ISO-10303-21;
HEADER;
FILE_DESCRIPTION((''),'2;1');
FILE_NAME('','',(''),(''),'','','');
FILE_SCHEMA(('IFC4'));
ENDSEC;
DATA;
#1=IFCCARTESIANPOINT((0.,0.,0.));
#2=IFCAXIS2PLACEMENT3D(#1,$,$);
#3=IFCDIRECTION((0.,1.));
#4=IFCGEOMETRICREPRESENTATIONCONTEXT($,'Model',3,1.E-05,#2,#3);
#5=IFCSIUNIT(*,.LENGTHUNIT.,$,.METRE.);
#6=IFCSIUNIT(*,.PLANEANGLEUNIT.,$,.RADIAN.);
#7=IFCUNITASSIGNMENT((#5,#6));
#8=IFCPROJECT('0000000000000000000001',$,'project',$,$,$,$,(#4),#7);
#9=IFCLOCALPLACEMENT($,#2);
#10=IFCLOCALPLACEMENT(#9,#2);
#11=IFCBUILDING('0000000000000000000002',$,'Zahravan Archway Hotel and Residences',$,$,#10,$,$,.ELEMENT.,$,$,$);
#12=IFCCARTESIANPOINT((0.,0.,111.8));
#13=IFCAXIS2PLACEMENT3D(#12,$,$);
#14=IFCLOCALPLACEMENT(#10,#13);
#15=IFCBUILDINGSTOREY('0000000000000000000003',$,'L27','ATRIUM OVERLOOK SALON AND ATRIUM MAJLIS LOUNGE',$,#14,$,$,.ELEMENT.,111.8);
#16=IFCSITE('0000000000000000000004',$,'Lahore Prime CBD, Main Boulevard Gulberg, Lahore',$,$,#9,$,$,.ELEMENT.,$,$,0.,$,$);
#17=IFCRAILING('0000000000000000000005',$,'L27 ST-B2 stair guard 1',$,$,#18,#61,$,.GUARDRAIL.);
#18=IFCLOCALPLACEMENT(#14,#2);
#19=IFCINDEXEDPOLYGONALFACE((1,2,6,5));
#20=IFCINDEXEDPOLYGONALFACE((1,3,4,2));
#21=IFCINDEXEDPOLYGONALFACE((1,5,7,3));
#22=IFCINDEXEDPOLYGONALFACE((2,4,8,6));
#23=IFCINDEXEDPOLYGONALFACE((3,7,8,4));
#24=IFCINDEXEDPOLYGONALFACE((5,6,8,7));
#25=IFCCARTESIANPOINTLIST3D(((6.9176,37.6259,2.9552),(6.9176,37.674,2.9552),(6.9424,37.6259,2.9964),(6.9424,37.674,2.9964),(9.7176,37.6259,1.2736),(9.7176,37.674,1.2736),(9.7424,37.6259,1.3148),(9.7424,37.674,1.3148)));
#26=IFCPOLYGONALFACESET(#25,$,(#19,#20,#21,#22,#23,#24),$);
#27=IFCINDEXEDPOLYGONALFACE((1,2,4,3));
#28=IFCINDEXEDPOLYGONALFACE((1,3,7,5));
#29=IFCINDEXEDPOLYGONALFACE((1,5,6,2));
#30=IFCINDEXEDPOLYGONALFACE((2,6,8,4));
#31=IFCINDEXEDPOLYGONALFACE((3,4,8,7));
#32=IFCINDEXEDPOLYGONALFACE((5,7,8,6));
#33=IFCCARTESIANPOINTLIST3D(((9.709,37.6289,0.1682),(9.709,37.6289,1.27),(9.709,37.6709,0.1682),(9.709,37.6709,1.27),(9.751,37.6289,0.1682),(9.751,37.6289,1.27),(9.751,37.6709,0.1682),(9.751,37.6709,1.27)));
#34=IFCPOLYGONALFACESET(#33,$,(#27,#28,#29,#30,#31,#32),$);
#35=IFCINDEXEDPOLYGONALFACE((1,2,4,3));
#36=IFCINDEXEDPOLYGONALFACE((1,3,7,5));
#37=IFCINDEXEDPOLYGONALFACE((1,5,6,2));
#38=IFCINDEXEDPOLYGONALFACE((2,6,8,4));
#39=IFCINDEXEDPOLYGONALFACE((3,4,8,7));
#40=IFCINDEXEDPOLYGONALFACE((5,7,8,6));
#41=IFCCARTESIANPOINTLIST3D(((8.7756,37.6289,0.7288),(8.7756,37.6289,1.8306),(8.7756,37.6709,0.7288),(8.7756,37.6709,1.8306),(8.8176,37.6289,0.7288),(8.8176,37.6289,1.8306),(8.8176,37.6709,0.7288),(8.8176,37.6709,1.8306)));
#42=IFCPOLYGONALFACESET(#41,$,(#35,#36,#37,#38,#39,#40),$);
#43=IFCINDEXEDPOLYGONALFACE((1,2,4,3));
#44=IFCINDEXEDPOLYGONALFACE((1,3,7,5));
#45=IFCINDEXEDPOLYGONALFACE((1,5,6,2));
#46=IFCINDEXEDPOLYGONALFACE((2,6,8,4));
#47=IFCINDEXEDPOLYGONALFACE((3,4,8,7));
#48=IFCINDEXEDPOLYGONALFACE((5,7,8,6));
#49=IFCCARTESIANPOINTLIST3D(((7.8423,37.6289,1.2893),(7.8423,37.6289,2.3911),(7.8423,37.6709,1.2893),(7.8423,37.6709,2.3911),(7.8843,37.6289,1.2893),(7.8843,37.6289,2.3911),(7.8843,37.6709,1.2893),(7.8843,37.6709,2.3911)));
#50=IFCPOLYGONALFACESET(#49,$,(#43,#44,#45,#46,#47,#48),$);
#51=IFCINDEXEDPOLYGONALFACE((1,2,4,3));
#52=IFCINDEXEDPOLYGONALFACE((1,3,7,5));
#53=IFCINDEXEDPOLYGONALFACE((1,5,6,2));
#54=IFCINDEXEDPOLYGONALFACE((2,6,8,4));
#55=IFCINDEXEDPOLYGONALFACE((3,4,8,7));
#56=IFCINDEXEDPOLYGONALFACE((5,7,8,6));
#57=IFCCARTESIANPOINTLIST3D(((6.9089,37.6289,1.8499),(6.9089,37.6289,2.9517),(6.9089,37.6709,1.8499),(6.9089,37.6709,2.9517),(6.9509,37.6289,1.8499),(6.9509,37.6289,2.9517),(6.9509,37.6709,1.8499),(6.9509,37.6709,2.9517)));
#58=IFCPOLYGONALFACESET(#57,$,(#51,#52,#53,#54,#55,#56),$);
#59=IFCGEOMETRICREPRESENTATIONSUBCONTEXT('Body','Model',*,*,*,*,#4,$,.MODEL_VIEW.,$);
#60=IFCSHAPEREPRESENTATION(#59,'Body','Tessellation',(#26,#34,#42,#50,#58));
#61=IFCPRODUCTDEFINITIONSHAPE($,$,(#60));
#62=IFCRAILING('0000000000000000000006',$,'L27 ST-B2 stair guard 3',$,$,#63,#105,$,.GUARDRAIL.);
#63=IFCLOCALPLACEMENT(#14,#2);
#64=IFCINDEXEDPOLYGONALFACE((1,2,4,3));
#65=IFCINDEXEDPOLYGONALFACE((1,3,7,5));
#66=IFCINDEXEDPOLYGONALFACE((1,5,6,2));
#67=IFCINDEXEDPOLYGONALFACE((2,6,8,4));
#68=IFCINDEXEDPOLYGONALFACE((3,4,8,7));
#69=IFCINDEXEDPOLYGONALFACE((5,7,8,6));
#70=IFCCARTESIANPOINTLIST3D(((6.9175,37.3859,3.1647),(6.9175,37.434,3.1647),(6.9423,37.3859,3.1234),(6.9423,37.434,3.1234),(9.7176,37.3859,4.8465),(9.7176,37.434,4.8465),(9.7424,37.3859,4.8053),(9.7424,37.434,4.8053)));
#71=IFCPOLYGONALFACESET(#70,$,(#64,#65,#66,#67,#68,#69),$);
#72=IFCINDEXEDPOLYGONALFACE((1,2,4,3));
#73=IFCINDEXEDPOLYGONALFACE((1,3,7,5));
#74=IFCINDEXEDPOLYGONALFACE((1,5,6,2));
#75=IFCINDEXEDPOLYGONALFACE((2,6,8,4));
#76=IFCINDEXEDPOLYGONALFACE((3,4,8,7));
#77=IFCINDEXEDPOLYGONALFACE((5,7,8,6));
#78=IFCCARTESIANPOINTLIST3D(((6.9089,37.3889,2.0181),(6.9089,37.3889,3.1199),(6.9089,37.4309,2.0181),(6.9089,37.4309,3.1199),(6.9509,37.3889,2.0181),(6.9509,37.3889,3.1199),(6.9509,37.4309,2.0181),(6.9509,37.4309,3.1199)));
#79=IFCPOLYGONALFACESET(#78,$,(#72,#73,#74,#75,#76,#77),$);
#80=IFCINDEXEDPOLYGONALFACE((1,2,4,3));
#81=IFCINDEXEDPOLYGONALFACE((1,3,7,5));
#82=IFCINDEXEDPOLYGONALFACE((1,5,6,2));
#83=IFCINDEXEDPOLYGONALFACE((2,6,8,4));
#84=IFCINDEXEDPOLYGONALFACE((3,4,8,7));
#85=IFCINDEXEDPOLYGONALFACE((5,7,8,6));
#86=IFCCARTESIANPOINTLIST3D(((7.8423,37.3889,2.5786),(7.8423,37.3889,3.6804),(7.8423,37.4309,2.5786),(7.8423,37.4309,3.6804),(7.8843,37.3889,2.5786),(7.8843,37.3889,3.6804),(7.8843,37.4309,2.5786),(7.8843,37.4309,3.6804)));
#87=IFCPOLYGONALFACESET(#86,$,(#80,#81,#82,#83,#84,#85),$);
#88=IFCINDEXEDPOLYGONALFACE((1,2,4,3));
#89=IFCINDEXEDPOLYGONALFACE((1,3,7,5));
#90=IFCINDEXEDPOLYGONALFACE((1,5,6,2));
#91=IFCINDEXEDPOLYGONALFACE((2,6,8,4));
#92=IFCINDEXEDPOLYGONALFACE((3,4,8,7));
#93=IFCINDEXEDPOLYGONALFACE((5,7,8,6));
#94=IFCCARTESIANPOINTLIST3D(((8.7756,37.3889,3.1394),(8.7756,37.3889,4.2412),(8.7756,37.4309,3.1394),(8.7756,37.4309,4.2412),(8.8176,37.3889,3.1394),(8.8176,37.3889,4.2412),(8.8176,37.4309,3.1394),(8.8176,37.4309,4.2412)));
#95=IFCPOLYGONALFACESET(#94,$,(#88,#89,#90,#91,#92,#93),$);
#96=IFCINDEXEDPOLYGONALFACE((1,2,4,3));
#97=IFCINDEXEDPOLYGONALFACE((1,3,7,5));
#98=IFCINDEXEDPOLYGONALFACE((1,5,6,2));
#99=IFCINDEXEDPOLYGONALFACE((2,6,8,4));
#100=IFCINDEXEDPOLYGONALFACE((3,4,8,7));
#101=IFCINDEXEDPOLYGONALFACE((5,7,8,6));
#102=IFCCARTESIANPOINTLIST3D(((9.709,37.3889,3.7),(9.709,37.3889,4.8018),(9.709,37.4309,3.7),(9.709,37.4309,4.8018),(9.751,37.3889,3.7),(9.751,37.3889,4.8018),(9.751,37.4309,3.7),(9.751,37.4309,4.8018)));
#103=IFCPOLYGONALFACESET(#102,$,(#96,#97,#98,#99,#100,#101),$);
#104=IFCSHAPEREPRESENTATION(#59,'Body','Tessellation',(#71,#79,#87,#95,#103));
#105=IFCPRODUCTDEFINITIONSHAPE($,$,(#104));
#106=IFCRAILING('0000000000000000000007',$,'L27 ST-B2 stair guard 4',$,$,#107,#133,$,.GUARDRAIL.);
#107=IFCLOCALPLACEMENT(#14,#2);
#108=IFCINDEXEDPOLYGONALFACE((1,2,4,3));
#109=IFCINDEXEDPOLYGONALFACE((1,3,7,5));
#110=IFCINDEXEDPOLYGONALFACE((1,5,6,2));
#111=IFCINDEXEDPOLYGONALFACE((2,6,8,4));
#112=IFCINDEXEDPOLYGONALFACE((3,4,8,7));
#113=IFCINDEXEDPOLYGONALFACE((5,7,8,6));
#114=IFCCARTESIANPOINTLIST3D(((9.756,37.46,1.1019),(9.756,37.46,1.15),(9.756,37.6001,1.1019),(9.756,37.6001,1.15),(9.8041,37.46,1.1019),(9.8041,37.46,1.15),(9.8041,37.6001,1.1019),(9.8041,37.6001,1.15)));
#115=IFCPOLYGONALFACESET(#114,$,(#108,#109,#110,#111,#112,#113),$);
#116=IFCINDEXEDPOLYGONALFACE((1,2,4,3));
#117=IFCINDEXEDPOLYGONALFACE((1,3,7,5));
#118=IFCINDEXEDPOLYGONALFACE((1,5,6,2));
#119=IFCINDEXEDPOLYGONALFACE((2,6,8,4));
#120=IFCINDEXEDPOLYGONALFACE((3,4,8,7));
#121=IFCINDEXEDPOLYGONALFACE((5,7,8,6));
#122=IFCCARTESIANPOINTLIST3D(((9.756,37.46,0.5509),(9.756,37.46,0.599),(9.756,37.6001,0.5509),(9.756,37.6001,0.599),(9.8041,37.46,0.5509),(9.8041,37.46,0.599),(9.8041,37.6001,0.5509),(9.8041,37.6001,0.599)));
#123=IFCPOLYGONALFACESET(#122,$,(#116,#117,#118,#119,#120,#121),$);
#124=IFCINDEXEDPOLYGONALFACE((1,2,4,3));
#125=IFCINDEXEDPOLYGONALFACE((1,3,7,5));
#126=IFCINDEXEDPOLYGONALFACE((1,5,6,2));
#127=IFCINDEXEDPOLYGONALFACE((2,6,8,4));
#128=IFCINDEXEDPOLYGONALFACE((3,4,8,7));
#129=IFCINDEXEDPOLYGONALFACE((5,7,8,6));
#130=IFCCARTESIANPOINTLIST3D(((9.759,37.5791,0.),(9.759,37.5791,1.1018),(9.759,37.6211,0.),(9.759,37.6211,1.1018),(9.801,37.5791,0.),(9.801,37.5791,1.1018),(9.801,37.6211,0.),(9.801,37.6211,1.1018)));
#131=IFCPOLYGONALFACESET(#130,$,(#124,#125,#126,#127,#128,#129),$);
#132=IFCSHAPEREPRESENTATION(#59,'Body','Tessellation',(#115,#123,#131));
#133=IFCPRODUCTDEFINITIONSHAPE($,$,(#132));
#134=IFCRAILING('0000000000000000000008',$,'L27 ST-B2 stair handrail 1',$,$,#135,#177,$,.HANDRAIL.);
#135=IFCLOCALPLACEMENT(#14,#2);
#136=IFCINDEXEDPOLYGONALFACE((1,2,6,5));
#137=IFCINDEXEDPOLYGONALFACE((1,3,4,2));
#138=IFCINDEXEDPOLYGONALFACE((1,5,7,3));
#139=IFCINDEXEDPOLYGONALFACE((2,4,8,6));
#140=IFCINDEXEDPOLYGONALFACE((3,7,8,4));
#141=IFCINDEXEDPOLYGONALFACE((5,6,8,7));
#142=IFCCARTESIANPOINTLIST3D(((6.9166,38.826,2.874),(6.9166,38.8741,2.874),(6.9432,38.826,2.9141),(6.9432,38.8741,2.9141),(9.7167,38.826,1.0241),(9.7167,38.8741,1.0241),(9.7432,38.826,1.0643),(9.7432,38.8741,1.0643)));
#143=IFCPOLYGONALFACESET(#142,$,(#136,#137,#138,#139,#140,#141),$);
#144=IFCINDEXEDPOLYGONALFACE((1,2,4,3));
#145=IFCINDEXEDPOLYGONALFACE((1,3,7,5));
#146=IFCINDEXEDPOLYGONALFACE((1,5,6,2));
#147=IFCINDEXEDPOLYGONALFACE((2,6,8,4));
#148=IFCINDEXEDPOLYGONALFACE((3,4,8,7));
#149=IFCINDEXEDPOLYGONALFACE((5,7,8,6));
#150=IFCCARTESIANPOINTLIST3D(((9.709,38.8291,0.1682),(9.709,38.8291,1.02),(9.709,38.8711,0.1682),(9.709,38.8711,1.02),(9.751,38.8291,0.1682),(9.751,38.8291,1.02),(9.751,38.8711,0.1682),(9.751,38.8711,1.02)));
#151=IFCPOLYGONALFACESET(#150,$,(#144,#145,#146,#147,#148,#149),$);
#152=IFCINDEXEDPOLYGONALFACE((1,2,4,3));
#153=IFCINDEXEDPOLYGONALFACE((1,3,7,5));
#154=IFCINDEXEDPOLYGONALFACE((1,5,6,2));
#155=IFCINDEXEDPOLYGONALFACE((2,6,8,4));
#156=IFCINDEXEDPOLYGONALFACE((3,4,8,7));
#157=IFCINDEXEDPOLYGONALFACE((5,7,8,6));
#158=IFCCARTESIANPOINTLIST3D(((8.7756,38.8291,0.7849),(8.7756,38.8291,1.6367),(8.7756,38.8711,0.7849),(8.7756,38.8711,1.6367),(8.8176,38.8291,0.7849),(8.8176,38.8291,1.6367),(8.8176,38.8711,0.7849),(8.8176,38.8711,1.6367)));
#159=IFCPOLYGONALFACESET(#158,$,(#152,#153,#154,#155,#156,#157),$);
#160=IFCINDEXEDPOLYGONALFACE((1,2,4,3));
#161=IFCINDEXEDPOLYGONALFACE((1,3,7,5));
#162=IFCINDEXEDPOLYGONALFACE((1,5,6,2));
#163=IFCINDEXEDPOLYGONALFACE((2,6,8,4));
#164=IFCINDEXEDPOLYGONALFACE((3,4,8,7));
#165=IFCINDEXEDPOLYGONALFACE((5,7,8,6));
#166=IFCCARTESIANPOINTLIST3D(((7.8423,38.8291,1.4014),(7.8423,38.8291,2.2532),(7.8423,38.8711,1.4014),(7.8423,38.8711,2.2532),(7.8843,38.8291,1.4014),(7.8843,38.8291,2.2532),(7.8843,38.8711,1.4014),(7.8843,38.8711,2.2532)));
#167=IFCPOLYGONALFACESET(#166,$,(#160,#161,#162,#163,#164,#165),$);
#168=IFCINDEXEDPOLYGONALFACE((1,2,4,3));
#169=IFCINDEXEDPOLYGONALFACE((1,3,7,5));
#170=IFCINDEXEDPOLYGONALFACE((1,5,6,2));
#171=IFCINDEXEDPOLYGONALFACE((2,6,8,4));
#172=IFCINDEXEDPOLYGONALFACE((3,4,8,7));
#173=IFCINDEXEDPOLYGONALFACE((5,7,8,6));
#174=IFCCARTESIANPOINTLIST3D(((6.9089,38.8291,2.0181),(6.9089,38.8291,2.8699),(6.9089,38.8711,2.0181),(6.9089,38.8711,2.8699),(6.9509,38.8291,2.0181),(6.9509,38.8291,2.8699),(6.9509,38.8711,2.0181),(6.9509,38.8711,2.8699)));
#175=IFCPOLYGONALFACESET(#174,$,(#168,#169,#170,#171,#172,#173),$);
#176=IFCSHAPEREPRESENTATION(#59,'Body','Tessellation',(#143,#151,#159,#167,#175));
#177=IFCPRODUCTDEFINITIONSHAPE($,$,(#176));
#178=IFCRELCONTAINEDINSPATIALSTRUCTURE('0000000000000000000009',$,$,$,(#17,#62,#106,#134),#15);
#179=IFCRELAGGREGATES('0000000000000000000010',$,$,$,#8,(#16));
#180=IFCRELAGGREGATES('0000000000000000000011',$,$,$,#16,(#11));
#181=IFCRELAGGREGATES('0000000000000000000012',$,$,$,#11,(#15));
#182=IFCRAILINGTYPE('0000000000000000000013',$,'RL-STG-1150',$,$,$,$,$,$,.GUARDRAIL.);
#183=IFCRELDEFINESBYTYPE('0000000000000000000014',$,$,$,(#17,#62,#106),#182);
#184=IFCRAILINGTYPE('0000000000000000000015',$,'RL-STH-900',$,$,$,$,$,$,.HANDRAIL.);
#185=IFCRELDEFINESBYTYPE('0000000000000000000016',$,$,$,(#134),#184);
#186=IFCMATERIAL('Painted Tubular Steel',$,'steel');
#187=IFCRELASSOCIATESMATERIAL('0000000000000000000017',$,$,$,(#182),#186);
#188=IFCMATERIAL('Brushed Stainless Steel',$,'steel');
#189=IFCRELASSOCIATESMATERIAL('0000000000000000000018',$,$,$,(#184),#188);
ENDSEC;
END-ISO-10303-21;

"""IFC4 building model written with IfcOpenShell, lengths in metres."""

from ifc_helpers import new_model, si_unit, direction, frame, origin, origin_2d, place, context, subcontext, project, spatial, rectangle, extrude, material, type_object, element, save


model = new_model("IFC4")

# Units and contexts
model_context = context("Model", 3, precision=1e-05, world=origin(), true_north=direction((0.0, 1.0)))
body_context = subcontext(model_context, "Body", "Model", "MODEL_VIEW")
ifc_project = project(units=[si_unit("LENGTHUNIT", "METRE"), si_unit("PLANEANGLEUNIT", "RADIAN")], contexts=[model_context])

# Site, building, storey
site_placement = place(None, origin())
site = spatial("IfcSite", under=ifc_project, at=site_placement, Name="Lahore Prime CBD, Main Boulevard Gulberg, Lahore", CompositionType="ELEMENT", RefElevation=0.0)
building_placement = place(site_placement, origin())
building = spatial("IfcBuilding", under=site, at=building_placement, Name="Zahravan Archway Hotel and Residences", CompositionType="ELEMENT")
storey_placement = place(building_placement, frame((0.0, 0.0, 111.8)))
storey = spatial("IfcBuildingStorey", under=building, at=storey_placement, Name="L27", Description="ATRIUM OVERLOOK SALON AND ATRIUM MAJLIS LOUNGE", CompositionType="ELEMENT", Elevation=111.8)

# Railings
ifc_material_1 = material(Name="Painted Tubular Steel", Category="steel")
railing_type_1 = type_object("IfcRailingType", Name="RL-STG-1150", PredefinedType="GUARDRAIL", material=ifc_material_1)
railing_1_placement = place(storey_placement, frame((9.73, 37.6499, 0.1682)))
element("IfcRailing", 1, at=railing_1_placement, inside=storey, type_object=railing_type_1, Name="L27 ST-B2 stair guard 1", PredefinedType="GUARDRAIL", context=body_context, shape_type="SweptSolid", body=[
    extrude(rectangle(XDim=0.0481, YDim=0.0481, at=origin_2d()), frame((0.0, 0.0, 1.126), z_axis=(-0.857275, 0.0, 0.514858), x_axis=(0.0, -1.0, 0.0)), (0.0, 0.0, 1.0), 3.2661),
    extrude(rectangle(XDim=0.042, YDim=0.042, at=origin_2d()), origin(), (0.0, 0.0, 1.0), 1.1018),
    extrude(rectangle(XDim=0.042, YDim=0.042, at=origin_2d()), frame((-0.9333, 0.0, 0.5605)), (0.0, 0.0, 1.0), 1.1018),
    extrude(rectangle(XDim=0.042, YDim=0.042, at=origin_2d()), frame((-1.8667, 0.0, 1.1211)), (0.0, 0.0, 1.0), 1.1018),
    extrude(rectangle(XDim=0.042, YDim=0.042, at=origin_2d()), frame((-2.8, 0.0, 1.6816)), (0.0, 0.0, 1.0), 1.1018),
])
railing_2_placement = place(storey_placement, frame((6.9299, 37.4099, 2.0181)))
element("IfcRailing", 2, at=railing_2_placement, inside=storey, type_object=railing_type_1, Name="L27 ST-B2 stair guard 3", PredefinedType="GUARDRAIL", context=body_context, shape_type="SweptSolid", body=[
    extrude(rectangle(XDim=0.0481, YDim=0.0481, at=origin_2d()), frame((0.0, 0.0, 1.126), z_axis=(0.857242, 0.0, 0.514913), x_axis=(0.0, 1.0, 0.0)), (0.0, 0.0, 1.0), 3.2664),
    extrude(rectangle(XDim=0.042, YDim=0.042, at=origin_2d()), origin(), (0.0, 0.0, 1.0), 1.1018),
    extrude(rectangle(XDim=0.042, YDim=0.042, at=origin_2d()), frame((0.9333, 0.0, 0.5605)), (0.0, 0.0, 1.0), 1.1018),
    extrude(rectangle(XDim=0.042, YDim=0.042, at=origin_2d()), frame((1.8667, 0.0, 1.1213)), (0.0, 0.0, 1.0), 1.1018),
    extrude(rectangle(XDim=0.042, YDim=0.042, at=origin_2d()), frame((2.8, 0.0, 1.6819)), (0.0, 0.0, 1.0), 1.1018),
])
railing_3_placement = place(storey_placement, frame((9.78, 37.6001, 0.0)))
element("IfcRailing", 3, at=railing_3_placement, inside=storey, type_object=railing_type_1, Name="L27 ST-B2 stair guard 4", PredefinedType="GUARDRAIL", context=body_context, shape_type="SweptSolid", body=[
    extrude(rectangle(XDim=0.0481, YDim=0.0481, at=origin_2d()), frame((0.0, 0.0, 1.126), z_axis=(0.0, -1.0, 0.0), x_axis=(1.0, 0.0, 0.0)), (0.0, 0.0, 1.0), 0.1401),
    extrude(rectangle(XDim=0.0481, YDim=0.0481, at=origin_2d()), frame((0.0, 0.0, 0.575), z_axis=(0.0, -1.0, 0.0), x_axis=(1.0, 0.0, 0.0)), (0.0, 0.0, 1.0), 0.1401),
    extrude(rectangle(XDim=0.042, YDim=0.042, at=origin_2d()), origin(), (0.0, 0.0, 1.0), 1.1018),
])
ifc_material_2 = material(Name="Brushed Stainless Steel", Category="steel")
railing_type_2 = type_object("IfcRailingType", Name="RL-STH-900", PredefinedType="HANDRAIL", material=ifc_material_2)
railing_4_placement = place(storey_placement, frame((9.73, 38.8501, 0.1682)))
element("IfcRailing", 4, at=railing_4_placement, inside=storey, type_object=railing_type_2, Name="L27 ST-B2 stair handrail 1", PredefinedType="HANDRAIL", context=body_context, shape_type="SweptSolid", body=[
    extrude(rectangle(XDim=0.0481, YDim=0.0481, at=origin_2d()), frame((0.0, 0.0, 0.876), z_axis=(-0.83436, 0.0, 0.55122), x_axis=(0.0, -1.0, 0.0)), (0.0, 0.0, 1.0), 3.356),
    extrude(rectangle(XDim=0.042, YDim=0.042, at=origin_2d()), origin(), (0.0, 0.0, 1.0), 0.8518),
    extrude(rectangle(XDim=0.042, YDim=0.042, at=origin_2d()), frame((-0.9333, 0.0, 0.6167)), (0.0, 0.0, 1.0), 0.8518),
    extrude(rectangle(XDim=0.042, YDim=0.042, at=origin_2d()), frame((-1.8667, 0.0, 1.2332)), (0.0, 0.0, 1.0), 0.8518),
    extrude(rectangle(XDim=0.042, YDim=0.042, at=origin_2d()), frame((-2.8, 0.0, 1.8499)), (0.0, 0.0, 1.0), 0.8518),
])

save(model, "model.ifc")
